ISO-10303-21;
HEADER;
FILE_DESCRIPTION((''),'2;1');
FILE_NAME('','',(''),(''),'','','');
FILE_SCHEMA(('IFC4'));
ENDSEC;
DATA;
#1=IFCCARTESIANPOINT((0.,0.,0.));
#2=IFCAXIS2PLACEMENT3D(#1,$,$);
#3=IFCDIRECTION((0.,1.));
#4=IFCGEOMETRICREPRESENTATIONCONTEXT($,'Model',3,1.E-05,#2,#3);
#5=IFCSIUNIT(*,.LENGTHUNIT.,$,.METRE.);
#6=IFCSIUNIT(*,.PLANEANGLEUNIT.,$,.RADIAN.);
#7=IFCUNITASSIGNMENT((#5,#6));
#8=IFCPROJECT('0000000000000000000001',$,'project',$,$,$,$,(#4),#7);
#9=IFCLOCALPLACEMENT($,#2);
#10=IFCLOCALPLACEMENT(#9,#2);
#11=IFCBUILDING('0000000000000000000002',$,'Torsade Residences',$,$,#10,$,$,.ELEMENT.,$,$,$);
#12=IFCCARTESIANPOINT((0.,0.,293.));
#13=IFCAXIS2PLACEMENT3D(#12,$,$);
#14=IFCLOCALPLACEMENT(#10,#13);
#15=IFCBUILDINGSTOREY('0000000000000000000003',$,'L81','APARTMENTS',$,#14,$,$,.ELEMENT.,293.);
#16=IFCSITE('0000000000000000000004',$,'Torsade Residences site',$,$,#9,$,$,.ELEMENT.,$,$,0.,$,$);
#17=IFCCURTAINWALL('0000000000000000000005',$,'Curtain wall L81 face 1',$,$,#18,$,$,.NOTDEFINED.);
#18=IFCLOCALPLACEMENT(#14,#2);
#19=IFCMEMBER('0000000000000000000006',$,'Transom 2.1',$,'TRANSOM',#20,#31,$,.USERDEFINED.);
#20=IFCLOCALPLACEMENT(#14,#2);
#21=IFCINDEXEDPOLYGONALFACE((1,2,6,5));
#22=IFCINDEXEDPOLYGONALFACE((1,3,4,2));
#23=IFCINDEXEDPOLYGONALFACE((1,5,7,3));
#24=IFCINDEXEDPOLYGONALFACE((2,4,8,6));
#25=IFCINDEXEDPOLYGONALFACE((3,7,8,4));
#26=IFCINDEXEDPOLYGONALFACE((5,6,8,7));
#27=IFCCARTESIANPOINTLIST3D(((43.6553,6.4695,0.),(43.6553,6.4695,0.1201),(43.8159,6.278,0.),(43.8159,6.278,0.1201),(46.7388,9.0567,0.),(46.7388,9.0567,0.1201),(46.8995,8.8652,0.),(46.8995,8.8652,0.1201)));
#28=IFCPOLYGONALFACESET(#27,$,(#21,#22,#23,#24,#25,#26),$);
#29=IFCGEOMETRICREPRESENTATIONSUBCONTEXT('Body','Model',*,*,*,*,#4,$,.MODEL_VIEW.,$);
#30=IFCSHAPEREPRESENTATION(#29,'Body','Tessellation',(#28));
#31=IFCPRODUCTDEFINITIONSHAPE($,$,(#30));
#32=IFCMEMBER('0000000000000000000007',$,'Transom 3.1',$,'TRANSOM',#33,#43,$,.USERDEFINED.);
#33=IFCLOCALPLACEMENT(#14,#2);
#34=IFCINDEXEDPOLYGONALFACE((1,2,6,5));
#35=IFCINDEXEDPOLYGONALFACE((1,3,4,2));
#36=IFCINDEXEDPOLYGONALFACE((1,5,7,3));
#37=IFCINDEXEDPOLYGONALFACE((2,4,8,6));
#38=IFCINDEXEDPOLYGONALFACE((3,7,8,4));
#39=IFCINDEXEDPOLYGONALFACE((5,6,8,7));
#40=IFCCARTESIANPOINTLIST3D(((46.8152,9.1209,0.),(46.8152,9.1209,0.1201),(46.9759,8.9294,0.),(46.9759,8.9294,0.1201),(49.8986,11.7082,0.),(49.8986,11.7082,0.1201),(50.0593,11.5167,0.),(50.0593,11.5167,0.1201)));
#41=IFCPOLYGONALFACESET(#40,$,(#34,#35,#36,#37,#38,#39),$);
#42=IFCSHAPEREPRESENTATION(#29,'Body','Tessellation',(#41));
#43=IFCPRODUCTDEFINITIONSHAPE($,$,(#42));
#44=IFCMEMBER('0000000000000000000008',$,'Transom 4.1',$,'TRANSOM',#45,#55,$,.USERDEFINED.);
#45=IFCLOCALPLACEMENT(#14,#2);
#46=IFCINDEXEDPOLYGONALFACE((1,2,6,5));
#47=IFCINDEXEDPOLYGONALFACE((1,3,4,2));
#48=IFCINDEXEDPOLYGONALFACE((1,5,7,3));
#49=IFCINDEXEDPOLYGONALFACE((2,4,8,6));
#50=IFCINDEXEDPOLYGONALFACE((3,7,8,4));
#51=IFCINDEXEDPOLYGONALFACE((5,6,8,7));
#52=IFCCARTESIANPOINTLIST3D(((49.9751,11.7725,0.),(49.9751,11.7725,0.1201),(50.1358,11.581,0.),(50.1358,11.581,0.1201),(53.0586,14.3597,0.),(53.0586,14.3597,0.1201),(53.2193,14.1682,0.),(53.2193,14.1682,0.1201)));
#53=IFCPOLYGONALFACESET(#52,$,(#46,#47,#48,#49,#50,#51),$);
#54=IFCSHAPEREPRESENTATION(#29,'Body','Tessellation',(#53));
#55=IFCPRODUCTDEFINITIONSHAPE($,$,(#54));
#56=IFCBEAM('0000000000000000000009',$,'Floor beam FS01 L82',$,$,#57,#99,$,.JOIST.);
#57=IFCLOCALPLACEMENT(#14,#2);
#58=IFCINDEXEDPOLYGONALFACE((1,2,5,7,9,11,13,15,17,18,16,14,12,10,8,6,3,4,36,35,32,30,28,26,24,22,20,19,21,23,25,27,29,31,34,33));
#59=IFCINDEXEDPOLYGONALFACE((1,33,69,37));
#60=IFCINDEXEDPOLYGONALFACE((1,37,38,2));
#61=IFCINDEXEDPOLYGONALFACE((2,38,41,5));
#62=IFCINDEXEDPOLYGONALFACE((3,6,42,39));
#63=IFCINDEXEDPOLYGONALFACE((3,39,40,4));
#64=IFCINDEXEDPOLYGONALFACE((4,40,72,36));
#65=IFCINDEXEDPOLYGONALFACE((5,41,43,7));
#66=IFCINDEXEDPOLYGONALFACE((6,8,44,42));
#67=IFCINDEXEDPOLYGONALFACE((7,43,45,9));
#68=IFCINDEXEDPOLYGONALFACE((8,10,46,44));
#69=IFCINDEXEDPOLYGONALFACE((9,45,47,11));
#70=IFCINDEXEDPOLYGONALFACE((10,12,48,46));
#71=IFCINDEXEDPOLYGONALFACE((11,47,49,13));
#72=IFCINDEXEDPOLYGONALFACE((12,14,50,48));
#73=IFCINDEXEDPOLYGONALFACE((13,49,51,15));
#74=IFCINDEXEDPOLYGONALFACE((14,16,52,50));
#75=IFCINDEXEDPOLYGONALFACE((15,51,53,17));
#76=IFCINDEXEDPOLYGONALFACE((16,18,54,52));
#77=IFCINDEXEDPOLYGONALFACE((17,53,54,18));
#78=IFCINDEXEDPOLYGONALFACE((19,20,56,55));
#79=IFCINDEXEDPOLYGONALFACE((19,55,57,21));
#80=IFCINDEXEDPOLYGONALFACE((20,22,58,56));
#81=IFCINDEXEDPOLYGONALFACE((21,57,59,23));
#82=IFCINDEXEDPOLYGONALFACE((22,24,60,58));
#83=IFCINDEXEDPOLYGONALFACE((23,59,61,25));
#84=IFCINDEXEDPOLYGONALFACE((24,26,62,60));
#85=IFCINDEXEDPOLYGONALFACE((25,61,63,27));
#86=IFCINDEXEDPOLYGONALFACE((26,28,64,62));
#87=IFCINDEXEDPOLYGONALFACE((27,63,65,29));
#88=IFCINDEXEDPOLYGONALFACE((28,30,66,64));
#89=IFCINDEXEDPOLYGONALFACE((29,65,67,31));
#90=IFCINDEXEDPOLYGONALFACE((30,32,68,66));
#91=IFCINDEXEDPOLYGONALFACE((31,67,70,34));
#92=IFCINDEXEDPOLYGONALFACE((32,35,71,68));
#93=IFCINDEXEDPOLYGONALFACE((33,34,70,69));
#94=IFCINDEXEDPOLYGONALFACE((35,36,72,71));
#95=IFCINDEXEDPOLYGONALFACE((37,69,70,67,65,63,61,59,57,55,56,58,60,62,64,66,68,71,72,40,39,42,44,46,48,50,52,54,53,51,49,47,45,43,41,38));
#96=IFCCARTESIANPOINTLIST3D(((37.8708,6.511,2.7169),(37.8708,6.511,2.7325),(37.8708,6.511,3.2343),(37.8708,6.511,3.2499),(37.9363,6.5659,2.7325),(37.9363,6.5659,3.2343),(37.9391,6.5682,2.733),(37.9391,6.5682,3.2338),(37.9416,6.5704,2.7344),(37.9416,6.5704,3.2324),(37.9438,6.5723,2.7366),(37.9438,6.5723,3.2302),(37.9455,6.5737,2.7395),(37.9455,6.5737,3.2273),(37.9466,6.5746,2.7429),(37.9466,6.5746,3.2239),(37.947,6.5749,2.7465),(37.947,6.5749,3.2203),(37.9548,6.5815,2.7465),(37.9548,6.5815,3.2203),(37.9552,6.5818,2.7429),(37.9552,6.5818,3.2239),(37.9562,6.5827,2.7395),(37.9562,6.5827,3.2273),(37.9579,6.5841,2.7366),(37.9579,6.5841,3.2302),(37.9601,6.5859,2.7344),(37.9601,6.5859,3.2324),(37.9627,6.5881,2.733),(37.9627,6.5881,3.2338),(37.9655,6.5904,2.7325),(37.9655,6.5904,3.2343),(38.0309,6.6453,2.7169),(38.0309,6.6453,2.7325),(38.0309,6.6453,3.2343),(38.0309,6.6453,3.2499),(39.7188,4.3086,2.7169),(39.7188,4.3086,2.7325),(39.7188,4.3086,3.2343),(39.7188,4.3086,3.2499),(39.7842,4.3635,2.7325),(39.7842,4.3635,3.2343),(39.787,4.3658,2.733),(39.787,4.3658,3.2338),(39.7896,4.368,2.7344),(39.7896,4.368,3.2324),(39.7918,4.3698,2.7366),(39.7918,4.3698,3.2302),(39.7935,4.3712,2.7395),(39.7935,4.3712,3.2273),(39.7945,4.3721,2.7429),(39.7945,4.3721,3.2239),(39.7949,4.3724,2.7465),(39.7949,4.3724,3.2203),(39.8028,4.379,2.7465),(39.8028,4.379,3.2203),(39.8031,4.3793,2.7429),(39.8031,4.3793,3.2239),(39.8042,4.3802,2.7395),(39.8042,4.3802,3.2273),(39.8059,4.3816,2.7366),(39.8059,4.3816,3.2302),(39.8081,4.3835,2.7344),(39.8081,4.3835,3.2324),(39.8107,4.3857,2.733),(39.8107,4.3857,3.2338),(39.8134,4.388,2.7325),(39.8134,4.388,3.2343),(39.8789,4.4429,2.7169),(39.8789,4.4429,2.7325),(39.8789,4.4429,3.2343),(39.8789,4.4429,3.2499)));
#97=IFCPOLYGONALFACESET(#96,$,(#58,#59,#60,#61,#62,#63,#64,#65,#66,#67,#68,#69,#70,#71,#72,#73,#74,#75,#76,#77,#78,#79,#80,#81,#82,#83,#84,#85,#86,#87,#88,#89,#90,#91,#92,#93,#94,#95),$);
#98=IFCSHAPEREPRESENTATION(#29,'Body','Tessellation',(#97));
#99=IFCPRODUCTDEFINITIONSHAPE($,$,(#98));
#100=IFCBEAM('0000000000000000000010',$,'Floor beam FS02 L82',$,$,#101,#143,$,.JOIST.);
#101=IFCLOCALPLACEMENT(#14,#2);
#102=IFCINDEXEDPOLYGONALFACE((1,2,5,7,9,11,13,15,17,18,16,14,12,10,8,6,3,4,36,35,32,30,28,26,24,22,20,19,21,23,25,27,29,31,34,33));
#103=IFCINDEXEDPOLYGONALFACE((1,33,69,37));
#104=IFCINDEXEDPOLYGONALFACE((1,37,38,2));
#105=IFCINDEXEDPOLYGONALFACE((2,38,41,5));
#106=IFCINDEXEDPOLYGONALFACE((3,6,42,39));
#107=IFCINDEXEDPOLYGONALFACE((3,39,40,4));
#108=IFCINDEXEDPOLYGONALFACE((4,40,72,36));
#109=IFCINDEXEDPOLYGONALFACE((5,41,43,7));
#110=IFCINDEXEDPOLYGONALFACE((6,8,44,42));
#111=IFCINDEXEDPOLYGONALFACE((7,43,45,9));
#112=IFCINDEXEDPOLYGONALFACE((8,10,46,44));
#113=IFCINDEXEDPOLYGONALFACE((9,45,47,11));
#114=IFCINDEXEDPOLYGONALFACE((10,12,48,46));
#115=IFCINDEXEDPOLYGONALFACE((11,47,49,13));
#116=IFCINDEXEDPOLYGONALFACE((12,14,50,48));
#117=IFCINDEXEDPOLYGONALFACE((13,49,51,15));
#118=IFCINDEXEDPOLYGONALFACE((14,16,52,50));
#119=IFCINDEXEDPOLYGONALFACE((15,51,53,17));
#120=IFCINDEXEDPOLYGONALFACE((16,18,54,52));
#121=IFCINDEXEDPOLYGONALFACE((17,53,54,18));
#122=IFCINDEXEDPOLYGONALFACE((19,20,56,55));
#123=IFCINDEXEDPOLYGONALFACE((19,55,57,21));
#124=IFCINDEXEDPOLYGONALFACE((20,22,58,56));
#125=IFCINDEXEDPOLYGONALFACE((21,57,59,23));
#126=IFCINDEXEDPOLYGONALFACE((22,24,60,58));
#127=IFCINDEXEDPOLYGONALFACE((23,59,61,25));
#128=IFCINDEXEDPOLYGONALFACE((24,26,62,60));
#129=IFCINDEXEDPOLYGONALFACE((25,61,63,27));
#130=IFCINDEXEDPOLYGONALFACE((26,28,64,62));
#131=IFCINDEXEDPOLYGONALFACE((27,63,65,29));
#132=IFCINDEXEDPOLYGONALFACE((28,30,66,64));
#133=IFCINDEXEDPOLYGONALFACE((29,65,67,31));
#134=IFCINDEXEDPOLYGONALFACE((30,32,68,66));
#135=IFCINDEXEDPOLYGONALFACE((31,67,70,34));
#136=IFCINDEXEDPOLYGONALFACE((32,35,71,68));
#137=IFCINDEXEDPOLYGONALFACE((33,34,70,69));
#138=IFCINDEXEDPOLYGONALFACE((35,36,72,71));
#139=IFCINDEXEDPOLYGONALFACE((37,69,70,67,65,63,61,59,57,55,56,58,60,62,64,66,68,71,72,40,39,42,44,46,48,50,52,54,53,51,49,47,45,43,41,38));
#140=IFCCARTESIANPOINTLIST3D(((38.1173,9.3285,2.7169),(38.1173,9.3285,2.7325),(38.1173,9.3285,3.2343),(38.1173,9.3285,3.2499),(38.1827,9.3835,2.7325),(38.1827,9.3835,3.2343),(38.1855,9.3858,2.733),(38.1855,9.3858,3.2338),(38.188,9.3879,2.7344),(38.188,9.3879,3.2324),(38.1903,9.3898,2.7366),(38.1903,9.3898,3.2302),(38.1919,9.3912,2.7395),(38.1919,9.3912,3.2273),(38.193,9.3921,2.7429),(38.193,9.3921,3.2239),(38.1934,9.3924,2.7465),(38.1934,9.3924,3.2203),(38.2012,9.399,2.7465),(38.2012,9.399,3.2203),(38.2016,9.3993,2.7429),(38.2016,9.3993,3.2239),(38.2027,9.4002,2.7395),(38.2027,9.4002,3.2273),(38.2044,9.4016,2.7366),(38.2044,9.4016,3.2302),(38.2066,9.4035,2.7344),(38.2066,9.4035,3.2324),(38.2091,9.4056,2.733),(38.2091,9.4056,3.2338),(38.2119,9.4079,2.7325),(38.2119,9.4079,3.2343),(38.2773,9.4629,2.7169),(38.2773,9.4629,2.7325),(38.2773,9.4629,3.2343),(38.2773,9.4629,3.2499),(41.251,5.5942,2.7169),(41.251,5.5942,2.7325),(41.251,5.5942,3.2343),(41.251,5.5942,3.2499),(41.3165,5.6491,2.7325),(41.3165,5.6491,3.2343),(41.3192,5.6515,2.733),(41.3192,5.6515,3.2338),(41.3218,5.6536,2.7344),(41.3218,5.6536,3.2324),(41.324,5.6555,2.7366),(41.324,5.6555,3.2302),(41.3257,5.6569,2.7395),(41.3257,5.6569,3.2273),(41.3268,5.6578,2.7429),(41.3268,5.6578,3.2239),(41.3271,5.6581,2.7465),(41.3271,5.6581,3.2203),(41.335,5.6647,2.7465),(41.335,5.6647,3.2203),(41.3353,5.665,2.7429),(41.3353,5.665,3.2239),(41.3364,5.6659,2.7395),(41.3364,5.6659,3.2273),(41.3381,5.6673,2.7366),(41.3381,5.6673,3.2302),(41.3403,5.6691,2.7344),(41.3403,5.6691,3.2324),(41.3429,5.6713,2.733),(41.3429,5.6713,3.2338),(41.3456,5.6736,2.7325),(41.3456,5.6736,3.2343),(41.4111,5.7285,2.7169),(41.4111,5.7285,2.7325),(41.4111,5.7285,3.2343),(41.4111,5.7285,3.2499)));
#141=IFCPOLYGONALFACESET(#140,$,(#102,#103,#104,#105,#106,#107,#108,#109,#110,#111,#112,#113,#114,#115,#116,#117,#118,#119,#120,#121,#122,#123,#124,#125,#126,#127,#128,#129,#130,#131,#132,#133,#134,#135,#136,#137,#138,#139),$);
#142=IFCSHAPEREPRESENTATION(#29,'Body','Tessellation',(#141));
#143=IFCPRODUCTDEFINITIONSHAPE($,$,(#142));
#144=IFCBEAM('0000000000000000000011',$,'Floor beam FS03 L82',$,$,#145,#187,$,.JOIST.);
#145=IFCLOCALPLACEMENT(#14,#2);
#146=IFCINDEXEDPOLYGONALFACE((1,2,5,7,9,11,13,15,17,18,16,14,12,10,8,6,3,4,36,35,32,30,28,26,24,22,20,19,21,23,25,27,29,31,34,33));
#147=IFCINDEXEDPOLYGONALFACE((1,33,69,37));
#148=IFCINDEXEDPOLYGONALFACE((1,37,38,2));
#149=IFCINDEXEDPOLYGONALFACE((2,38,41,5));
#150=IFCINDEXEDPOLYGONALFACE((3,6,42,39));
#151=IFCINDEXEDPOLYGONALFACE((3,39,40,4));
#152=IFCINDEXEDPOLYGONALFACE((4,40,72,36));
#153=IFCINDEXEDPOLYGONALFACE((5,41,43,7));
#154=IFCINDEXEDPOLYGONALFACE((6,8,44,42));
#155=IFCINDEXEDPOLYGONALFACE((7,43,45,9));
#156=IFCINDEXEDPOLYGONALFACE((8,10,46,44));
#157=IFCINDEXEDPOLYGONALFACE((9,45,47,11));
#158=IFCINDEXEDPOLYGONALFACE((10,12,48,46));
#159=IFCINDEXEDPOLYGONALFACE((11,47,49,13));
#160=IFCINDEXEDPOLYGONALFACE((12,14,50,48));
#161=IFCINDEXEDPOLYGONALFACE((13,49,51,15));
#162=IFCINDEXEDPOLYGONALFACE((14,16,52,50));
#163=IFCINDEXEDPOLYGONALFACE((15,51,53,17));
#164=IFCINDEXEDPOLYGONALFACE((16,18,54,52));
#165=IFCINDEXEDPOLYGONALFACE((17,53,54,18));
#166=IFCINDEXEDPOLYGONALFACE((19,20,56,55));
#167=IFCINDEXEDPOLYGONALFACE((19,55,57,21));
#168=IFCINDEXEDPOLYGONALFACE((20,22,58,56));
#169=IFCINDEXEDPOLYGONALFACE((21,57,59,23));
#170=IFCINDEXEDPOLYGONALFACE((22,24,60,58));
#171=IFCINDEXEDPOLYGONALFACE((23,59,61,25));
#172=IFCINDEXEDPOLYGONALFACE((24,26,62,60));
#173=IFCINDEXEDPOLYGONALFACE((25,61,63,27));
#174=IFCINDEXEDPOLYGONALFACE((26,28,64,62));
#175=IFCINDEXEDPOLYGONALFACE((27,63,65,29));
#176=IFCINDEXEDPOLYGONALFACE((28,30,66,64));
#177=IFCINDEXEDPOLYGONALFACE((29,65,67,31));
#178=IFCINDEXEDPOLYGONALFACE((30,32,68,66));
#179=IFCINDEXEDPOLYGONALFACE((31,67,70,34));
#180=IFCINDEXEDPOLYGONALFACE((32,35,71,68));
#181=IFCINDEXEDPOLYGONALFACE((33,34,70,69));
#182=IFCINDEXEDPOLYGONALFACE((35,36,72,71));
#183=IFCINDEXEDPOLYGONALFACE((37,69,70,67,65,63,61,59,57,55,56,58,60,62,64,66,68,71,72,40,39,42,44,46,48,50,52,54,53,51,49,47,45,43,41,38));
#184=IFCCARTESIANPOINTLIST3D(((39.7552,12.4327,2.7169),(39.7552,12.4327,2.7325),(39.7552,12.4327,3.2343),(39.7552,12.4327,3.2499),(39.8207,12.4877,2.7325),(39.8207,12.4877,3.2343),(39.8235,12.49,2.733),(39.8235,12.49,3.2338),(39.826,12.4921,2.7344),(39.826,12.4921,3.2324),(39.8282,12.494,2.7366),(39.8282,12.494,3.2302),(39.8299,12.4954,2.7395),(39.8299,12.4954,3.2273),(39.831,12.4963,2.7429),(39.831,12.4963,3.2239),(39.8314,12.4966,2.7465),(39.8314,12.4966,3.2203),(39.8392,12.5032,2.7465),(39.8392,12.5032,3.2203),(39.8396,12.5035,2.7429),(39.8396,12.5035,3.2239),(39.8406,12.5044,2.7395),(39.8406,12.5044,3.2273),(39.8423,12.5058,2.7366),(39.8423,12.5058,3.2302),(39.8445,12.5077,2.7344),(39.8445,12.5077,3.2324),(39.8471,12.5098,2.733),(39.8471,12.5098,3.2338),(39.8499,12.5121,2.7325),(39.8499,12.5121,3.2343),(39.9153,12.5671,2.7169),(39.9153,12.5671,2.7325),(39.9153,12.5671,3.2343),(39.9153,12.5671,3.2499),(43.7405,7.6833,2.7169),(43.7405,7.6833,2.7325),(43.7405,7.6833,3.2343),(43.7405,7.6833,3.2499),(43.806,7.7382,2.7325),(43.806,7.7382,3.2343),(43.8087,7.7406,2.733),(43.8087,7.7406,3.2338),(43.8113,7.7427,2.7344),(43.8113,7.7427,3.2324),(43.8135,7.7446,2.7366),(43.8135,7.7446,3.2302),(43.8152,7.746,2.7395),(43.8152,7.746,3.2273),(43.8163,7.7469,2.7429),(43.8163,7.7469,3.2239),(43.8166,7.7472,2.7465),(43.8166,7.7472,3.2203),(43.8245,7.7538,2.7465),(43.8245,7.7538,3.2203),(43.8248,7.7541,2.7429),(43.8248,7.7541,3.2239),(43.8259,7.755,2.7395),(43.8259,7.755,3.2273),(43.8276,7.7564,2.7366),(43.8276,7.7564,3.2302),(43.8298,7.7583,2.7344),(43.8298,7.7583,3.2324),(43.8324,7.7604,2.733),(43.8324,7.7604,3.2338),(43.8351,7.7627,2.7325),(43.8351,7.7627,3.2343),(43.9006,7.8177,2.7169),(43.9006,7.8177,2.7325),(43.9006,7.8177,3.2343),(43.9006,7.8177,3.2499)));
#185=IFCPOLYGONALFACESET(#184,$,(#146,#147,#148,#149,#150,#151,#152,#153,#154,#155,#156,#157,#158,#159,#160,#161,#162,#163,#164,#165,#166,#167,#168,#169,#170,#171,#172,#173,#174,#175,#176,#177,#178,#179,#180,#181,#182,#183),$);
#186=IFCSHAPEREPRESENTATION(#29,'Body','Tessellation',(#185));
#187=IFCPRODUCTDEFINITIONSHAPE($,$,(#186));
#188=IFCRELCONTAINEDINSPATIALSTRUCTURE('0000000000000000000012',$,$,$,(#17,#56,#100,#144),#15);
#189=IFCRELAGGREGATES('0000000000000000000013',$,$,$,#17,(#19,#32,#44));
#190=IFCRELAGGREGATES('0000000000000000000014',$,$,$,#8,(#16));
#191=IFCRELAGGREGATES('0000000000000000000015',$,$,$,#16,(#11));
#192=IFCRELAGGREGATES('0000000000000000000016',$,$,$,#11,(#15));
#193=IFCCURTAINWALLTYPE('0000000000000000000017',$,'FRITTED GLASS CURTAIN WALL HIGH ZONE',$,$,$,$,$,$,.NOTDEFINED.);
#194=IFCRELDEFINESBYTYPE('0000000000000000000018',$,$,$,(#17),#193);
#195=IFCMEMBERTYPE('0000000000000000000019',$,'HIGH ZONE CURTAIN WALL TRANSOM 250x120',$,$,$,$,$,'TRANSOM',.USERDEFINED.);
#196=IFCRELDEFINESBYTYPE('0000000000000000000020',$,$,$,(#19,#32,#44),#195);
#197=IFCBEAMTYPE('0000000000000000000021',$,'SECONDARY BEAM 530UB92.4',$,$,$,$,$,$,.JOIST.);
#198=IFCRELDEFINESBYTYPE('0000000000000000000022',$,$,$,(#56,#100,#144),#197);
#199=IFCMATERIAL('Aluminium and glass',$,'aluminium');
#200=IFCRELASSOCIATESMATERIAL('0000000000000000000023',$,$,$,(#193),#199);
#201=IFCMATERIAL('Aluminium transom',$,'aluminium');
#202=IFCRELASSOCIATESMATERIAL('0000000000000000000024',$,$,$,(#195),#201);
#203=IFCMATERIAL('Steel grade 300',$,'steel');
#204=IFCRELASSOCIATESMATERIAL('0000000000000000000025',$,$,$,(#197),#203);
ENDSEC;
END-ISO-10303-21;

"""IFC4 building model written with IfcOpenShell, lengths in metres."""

from ifc_helpers import new_model, si_unit, direction, frame, origin, origin_2d, place, context, subcontext, project, spatial, rectangle, i_section, extrude, material, material_profile, profile_set, type_object, element, aggregate, save


model = new_model("IFC4")

# Units and contexts
model_context = context("Model", 3, precision=1e-05, world=origin(), true_north=direction((0.0, 1.0)))
body_context = subcontext(model_context, "Body", "Model", "MODEL_VIEW")
ifc_project = project(units=[si_unit("LENGTHUNIT", "METRE"), si_unit("PLANEANGLEUNIT", "RADIAN")], contexts=[model_context])

# Site, building, storey
site_placement = place(None, origin())
site = spatial("IfcSite", under=ifc_project, at=site_placement, Name="Torsade Residences site", CompositionType="ELEMENT", RefElevation=0.0)
building_placement = place(site_placement, origin())
building = spatial("IfcBuilding", under=site, at=building_placement, Name="Torsade Residences", CompositionType="ELEMENT")
storey_placement = place(building_placement, frame((0.0, 0.0, 293.0)))
storey = spatial("IfcBuildingStorey", under=building, at=storey_placement, Name="L81", Description="APARTMENTS", CompositionType="ELEMENT", Elevation=293.0)

# Curtain wall, members
ifc_material_1 = material(Name="Aluminium and glass", Category="aluminium")
curtain_wall_type = type_object("IfcCurtainWallType", Name="FRITTED GLASS CURTAIN WALL HIGH ZONE", PredefinedType="NOTDEFINED", material=ifc_material_1)
curtain_wall_placement = place(storey_placement, origin())
curtain_wall = element("IfcCurtainWall", 1, at=curtain_wall_placement, inside=storey, type_object=curtain_wall_type, Name="Curtain wall L81 face 1", PredefinedType="NOTDEFINED")
ifc_material_2 = material(Name="Aluminium transom", Category="aluminium")
ifc_material_profile_1 = material_profile(ifc_material_2, rectangle(XDim=0.25, YDim=0.1201, at=origin_2d()), Name="HIGH ZONE CURTAIN WALL TRANSOM 250x120")
ifc_profile_set_1 = profile_set([ifc_material_profile_1], Name="Aluminium transom")
member_type_1 = type_object("IfcMemberType", Name="HIGH ZONE CURTAIN WALL TRANSOM 250x120", ElementType="TRANSOM", PredefinedType="USERDEFINED", material=ifc_profile_set_1)
member_1_placement = place(storey_placement, frame((43.7356, 6.3738, 0.0601), z_axis=(0.766069, 0.642758, 0.0), x_axis=(-0.642758, 0.766069, 0.0)))
member_1 = element("IfcMember", 2, at=member_1_placement, type_object=member_type_1, Name="Transom 2.1", ObjectType="TRANSOM", PredefinedType="USERDEFINED", context=body_context, shape_type="SweptSolid", body=[
    extrude(rectangle(XDim=0.25, YDim=0.1201, at=origin_2d()), origin(), (0.0, 0.0, 1.0), 4.0251),
])
member_2_placement = place(storey_placement, frame((46.8955, 9.0251, 0.0601), z_axis=(0.766039, 0.642794, 0.0), x_axis=(-0.642794, 0.766039, 0.0)))
member_2 = element("IfcMember", 3, at=member_2_placement, type_object=member_type_1, Name="Transom 3.1", ObjectType="TRANSOM", PredefinedType="USERDEFINED", context=body_context, shape_type="SweptSolid", body=[
    extrude(rectangle(XDim=0.25, YDim=0.1201, at=origin_2d()), origin(), (0.0, 0.0, 1.0), 4.0251),
])
member_3_placement = place(storey_placement, frame((50.0554, 11.6768, 0.0601), z_axis=(0.766069, 0.642758, 0.0), x_axis=(-0.642758, 0.766069, 0.0)))
member_3 = element("IfcMember", 4, at=member_3_placement, type_object=member_type_1, Name="Transom 4.1", ObjectType="TRANSOM", PredefinedType="USERDEFINED", context=body_context, shape_type="SweptSolid", body=[
    extrude(rectangle(XDim=0.25, YDim=0.1201, at=origin_2d()), origin(), (0.0, 0.0, 1.0), 4.0251),
])

# Beams
ifc_material_3 = material(Name="Steel grade 300", Category="steel")
ifc_material_profile_2 = material_profile(ifc_material_3, i_section(OverallWidth=0.209, OverallDepth=0.533, WebThickness=0.0103, FlangeThickness=0.0156, FilletRadius=0.0139, at=origin_2d()), Name="530UB92.4")
ifc_profile_set_2 = profile_set([ifc_material_profile_2], Name="Steel grade 300")
beam_type_1 = type_object("IfcBeamType", Name="SECONDARY BEAM 530UB92.4", PredefinedType="JOIST", material=ifc_profile_set_2)
beam_1_placement = place(storey_placement, frame((39.7988, 4.3757, 2.9834), z_axis=(-0.642762, 0.766066, 0.0), x_axis=(-0.766066, -0.642762, 0.0)))
element("IfcBeam", 5, at=beam_1_placement, inside=storey, type_object=beam_type_1, Name="Floor beam FS01 L82", PredefinedType="JOIST", context=body_context, shape_type="SweptSolid", body=[
    extrude(i_section(OverallWidth=0.209, OverallDepth=0.533, WebThickness=0.0103, FlangeThickness=0.0156, FilletRadius=0.0139, at=origin_2d()), origin(), (0.0, 0.0, 1.0), 2.875),
])
beam_2_placement = place(storey_placement, frame((41.3311, 5.6614, 2.9834), z_axis=(-0.642821, 0.766017, 0.0), x_axis=(-0.766017, -0.642821, 0.0)))
element("IfcBeam", 6, at=beam_2_placement, inside=storey, type_object=beam_type_1, Name="Floor beam FS02 L82", PredefinedType="JOIST", context=body_context, shape_type="SweptSolid", body=[
    extrude(i_section(OverallWidth=0.209, OverallDepth=0.533, WebThickness=0.0103, FlangeThickness=0.0156, FilletRadius=0.0139, at=origin_2d()), origin(), (0.0, 0.0, 1.0), 4.875),
])
beam_3_placement = place(storey_placement, frame((43.8206, 7.7505, 2.9834), z_axis=(-0.642791, 0.766041, 0.0), x_axis=(-0.766041, -0.642791, 0.0)))
element("IfcBeam", 7, at=beam_3_placement, inside=storey, type_object=beam_type_1, Name="Floor beam FS03 L82", PredefinedType="JOIST", context=body_context, shape_type="SweptSolid", body=[
    extrude(i_section(OverallWidth=0.209, OverallDepth=0.533, WebThickness=0.0103, FlangeThickness=0.0156, FilletRadius=0.0139, at=origin_2d()), origin(), (0.0, 0.0, 1.0), 6.2),
])

aggregate(curtain_wall, [member_1, member_2, member_3])

save(model, "model.ifc")
